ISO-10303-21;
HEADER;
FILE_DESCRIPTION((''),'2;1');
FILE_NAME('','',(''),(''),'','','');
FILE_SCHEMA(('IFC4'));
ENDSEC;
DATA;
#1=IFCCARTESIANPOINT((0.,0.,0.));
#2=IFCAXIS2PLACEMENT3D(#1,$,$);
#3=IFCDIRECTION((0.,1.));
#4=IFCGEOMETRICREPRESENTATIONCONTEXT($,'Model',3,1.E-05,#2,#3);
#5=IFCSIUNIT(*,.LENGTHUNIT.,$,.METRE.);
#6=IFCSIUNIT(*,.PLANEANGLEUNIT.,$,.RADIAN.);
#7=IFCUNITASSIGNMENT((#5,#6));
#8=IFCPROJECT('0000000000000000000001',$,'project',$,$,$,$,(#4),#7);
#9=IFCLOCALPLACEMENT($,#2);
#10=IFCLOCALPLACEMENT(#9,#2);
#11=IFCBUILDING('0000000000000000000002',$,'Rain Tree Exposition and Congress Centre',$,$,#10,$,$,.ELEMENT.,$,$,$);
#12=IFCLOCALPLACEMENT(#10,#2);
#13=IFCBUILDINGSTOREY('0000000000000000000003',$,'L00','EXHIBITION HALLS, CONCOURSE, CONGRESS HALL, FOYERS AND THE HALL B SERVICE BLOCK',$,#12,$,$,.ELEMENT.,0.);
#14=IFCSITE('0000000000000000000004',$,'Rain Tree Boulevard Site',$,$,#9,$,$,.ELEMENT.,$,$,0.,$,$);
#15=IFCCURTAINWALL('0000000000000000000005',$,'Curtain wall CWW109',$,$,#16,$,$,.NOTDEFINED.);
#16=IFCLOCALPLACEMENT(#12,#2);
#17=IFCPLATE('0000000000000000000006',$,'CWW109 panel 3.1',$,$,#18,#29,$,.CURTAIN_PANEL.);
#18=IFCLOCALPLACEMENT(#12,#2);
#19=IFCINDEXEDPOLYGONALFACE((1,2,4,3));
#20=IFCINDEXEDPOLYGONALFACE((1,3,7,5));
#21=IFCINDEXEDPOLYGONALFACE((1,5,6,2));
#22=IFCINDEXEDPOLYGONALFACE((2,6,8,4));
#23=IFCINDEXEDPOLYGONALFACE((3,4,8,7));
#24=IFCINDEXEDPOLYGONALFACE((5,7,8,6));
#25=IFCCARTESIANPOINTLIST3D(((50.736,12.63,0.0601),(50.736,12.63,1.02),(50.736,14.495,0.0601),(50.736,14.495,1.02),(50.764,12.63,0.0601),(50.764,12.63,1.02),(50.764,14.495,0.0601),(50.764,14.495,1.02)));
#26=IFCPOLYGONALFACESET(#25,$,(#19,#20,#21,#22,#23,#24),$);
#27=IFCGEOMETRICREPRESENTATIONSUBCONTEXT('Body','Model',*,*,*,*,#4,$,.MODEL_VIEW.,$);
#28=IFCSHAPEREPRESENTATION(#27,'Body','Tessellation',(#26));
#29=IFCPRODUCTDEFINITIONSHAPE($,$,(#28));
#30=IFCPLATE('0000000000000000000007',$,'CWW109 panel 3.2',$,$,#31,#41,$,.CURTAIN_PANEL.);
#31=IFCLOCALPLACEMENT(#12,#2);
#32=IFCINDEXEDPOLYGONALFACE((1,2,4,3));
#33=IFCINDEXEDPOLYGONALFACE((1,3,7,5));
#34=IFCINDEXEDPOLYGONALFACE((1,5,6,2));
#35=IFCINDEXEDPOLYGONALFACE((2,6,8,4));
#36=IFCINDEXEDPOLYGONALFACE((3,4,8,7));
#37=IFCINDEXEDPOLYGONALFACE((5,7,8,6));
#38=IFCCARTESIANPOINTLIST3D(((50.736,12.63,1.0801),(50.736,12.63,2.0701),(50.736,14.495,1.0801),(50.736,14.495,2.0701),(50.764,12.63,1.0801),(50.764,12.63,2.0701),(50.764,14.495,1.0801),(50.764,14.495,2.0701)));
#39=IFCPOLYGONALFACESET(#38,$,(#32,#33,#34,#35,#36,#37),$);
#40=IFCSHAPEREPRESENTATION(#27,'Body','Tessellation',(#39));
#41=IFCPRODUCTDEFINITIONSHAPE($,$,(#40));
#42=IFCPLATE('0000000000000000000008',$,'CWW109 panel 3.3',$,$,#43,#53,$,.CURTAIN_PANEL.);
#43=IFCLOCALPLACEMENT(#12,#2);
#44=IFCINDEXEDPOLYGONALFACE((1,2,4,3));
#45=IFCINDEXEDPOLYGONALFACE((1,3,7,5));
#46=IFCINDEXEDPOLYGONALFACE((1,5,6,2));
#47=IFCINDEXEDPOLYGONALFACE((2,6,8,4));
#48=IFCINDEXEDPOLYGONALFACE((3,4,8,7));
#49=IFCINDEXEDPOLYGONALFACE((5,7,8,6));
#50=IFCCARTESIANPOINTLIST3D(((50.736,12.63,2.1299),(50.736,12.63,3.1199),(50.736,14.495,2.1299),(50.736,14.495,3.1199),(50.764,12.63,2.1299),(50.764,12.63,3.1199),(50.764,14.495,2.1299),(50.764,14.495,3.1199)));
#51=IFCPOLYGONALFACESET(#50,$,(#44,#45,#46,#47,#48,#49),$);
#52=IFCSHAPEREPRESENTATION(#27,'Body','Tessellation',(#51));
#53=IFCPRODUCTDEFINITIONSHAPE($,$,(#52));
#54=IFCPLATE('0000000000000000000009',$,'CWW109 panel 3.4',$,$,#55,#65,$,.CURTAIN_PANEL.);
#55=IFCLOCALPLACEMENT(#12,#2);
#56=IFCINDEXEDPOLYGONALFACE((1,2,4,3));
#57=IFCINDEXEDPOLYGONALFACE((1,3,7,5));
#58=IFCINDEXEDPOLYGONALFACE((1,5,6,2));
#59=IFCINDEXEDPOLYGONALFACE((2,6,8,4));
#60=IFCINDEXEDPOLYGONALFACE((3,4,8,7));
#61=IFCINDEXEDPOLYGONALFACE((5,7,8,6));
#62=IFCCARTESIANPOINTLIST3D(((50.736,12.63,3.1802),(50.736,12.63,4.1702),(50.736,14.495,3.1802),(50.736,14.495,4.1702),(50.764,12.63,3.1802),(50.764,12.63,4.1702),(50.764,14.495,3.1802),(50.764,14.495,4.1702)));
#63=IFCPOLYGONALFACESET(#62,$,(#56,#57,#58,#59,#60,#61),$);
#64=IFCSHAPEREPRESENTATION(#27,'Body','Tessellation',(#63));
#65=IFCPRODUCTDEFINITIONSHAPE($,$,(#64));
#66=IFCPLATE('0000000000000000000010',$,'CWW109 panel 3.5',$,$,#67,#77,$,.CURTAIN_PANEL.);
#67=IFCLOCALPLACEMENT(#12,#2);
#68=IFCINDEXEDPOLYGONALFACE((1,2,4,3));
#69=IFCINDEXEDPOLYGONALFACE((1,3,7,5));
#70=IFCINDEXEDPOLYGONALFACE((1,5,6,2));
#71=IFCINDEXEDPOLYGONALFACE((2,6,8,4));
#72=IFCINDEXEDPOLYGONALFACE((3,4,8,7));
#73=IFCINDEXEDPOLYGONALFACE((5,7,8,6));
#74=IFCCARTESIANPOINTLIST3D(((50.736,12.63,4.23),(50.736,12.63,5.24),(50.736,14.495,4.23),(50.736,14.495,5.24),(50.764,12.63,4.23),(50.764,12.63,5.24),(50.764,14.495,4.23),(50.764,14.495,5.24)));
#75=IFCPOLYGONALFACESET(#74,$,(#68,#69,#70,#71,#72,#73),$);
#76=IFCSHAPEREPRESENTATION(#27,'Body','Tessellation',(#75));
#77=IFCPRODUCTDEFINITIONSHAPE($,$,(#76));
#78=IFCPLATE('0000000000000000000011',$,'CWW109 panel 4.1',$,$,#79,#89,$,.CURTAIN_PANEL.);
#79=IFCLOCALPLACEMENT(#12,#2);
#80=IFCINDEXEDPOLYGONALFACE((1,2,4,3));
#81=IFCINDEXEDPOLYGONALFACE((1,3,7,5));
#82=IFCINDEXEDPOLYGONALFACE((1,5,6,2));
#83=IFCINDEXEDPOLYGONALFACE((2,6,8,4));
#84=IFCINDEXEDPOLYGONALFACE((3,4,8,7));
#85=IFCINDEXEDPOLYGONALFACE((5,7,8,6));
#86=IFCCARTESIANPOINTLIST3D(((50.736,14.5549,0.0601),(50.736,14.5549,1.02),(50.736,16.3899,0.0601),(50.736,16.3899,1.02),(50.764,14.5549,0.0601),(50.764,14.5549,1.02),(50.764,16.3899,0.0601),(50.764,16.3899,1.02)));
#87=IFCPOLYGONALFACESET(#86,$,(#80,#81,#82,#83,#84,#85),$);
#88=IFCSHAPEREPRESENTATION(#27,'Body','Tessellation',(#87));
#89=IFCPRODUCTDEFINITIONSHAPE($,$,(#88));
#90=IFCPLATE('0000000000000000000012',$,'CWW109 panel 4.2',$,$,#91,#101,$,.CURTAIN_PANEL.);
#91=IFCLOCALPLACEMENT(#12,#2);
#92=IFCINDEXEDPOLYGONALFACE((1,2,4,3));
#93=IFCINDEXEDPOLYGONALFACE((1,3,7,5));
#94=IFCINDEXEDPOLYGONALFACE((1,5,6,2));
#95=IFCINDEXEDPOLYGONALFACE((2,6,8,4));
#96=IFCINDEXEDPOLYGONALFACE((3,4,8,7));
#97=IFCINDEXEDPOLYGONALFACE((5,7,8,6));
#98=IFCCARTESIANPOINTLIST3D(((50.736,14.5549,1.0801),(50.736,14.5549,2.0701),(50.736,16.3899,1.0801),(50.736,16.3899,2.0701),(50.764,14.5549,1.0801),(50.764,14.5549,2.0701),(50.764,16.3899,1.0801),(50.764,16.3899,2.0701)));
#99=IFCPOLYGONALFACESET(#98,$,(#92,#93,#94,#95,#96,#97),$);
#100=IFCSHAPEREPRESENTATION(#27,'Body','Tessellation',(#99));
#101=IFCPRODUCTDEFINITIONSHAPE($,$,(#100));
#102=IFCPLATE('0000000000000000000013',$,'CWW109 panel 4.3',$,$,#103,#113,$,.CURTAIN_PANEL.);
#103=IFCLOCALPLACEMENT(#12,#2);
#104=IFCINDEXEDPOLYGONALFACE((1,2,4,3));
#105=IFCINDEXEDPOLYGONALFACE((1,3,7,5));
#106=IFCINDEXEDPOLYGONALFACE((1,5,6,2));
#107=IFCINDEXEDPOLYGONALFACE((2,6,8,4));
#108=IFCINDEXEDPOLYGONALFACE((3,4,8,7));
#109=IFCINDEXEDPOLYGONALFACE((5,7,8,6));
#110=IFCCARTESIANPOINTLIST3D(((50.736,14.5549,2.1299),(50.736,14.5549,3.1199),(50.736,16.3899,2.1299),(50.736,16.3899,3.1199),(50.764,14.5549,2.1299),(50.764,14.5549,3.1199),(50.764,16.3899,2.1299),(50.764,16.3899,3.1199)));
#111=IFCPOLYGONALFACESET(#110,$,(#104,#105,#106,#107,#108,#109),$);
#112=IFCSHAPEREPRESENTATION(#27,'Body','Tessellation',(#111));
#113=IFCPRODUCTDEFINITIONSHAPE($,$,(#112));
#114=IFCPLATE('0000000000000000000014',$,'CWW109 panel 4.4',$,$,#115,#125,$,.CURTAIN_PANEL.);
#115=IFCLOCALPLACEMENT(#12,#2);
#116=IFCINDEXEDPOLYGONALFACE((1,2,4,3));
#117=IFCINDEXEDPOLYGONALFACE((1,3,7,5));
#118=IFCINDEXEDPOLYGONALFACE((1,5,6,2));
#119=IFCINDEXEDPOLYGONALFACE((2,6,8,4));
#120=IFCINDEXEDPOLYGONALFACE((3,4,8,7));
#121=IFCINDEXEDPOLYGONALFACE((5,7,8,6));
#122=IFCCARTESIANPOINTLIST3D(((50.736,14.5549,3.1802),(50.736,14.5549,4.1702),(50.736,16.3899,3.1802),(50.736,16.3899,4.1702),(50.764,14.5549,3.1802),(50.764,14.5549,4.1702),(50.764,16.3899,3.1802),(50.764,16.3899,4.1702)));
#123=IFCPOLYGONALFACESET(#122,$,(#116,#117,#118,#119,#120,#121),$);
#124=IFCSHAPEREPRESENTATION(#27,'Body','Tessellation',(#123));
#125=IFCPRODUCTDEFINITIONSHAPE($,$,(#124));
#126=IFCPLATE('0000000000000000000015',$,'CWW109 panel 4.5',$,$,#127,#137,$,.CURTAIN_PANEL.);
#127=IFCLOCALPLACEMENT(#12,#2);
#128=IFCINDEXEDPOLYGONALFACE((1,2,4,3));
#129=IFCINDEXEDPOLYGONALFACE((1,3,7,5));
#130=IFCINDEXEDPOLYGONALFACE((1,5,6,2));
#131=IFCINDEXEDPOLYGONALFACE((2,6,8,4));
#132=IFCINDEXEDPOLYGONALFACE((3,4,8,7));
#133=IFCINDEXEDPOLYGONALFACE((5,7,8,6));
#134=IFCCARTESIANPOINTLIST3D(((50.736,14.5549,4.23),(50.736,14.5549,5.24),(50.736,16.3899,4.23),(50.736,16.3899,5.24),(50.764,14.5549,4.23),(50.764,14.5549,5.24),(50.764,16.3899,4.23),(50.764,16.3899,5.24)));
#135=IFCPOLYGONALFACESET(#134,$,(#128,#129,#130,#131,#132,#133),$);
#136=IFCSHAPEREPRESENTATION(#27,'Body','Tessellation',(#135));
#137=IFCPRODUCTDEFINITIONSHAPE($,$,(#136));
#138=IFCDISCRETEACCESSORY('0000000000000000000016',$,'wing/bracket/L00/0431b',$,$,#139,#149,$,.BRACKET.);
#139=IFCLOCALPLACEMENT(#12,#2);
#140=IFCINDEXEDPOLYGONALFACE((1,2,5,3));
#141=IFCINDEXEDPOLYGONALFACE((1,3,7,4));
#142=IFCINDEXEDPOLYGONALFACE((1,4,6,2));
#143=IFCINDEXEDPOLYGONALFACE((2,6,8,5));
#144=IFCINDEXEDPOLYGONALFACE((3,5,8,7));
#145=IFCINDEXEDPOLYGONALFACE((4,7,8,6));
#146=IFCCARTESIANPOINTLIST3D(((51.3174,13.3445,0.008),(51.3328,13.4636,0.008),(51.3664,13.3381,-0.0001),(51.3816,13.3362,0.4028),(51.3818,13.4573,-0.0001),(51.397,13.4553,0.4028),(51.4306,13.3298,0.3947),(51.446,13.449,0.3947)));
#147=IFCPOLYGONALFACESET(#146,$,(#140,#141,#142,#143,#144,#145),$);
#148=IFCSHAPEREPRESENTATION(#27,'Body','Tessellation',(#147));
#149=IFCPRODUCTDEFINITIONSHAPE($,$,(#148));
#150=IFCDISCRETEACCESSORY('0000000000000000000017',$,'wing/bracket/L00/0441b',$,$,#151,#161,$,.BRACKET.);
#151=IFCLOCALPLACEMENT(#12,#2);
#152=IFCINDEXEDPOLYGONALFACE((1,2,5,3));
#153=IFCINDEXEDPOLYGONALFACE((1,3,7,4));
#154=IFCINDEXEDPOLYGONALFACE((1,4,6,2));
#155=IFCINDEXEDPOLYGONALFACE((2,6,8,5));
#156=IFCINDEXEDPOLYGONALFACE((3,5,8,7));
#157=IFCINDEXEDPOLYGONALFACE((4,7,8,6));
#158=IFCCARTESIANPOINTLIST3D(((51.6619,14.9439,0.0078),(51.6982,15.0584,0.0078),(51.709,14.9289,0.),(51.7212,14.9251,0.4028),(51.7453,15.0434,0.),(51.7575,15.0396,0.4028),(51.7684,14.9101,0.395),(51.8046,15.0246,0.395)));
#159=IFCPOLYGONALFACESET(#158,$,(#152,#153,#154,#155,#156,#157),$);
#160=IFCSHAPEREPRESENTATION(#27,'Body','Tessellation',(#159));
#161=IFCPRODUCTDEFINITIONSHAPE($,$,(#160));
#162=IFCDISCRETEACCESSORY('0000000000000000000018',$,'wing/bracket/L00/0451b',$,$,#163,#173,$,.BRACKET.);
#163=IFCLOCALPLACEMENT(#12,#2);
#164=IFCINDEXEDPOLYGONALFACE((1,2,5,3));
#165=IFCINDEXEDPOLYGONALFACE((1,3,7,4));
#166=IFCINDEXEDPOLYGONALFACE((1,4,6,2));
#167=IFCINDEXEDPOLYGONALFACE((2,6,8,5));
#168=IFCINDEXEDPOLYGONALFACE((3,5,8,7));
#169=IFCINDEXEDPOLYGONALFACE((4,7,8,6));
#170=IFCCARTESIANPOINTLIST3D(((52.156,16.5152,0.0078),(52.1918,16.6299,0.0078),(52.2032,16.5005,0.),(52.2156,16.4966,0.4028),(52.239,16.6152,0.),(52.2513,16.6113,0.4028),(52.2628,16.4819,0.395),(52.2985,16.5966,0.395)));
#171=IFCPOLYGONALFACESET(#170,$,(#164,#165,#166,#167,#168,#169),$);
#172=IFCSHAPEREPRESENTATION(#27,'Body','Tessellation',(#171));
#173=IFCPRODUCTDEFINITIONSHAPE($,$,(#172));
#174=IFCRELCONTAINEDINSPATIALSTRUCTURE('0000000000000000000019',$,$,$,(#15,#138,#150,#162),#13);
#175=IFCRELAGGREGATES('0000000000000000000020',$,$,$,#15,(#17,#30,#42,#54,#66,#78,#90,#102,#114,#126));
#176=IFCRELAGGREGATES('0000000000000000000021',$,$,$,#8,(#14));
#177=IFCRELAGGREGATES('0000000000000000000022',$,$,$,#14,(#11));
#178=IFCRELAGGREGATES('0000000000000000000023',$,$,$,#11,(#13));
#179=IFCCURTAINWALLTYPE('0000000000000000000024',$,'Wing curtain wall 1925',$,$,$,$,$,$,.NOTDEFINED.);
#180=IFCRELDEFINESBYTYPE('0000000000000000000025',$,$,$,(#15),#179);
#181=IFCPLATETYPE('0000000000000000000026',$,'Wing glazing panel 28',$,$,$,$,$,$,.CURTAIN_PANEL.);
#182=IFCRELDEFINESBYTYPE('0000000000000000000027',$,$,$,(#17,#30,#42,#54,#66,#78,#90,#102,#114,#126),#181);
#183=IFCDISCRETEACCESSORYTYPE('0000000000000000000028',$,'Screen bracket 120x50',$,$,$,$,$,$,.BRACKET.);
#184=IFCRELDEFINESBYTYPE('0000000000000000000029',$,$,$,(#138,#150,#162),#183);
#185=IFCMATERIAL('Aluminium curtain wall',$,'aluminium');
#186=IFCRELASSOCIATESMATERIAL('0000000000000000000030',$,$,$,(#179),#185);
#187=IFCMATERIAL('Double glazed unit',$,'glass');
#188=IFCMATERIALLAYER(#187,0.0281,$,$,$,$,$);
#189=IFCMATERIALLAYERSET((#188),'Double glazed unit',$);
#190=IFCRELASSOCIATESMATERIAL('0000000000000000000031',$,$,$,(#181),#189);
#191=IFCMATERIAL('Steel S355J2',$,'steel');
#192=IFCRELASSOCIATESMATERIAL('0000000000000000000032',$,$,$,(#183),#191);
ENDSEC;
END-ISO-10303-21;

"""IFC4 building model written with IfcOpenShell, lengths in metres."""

from ifc_helpers import new_model, si_unit, direction, frame, origin, origin_2d, place, context, subcontext, project, spatial, rectangle, extrude, material, layer, layer_set, material_profile, profile_set, type_object, element, aggregate, save


model = new_model("IFC4")

# Units and contexts
model_context = context("Model", 3, precision=1e-05, world=origin(), true_north=direction((0.0, 1.0)))
body_context = subcontext(model_context, "Body", "Model", "MODEL_VIEW")
ifc_project = project(units=[si_unit("LENGTHUNIT", "METRE"), si_unit("PLANEANGLEUNIT", "RADIAN")], contexts=[model_context])

# Site, building, storey
site_placement = place(None, origin())
site = spatial("IfcSite", under=ifc_project, at=site_placement, Name="Rain Tree Boulevard Site", CompositionType="ELEMENT", RefElevation=0.0)
building_placement = place(site_placement, origin())
building = spatial("IfcBuilding", under=site, at=building_placement, Name="Rain Tree Exposition and Congress Centre", CompositionType="ELEMENT")
storey_placement = place(building_placement, origin())
storey = spatial("IfcBuildingStorey", under=building, at=storey_placement, Name="L00", Description="EXHIBITION HALLS, CONCOURSE, CONGRESS HALL, FOYERS AND THE HALL B SERVICE BLOCK", CompositionType="ELEMENT", Elevation=0.0)

# Curtain wall, plates
ifc_material_1 = material(Name="Aluminium curtain wall", Category="aluminium")
curtain_wall_type = type_object("IfcCurtainWallType", Name="Wing curtain wall 1925", PredefinedType="NOTDEFINED", material=ifc_material_1)
curtain_wall_placement = place(storey_placement, origin())
curtain_wall = element("IfcCurtainWall", 1, at=curtain_wall_placement, inside=storey, type_object=curtain_wall_type, Name="Curtain wall CWW109", PredefinedType="NOTDEFINED")
ifc_material_2 = material(Name="Double glazed unit", Category="glass")
ifc_layer_1 = layer(ifc_material_2, 0.0281)
ifc_layer_set_1 = layer_set([ifc_layer_1], Name="Double glazed unit")
plate_type = type_object("IfcPlateType", Name="Wing glazing panel 28", PredefinedType="CURTAIN_PANEL", material=ifc_layer_set_1)
plate_1_placement = place(storey_placement, frame((50.75, 13.5625, 0.0601), z_axis=(0.0, 0.0, 1.0), x_axis=(0.0, 1.0, 0.0)))
plate_1 = element("IfcPlate", 2, at=plate_1_placement, type_object=plate_type, Name="CWW109 panel 3.1", PredefinedType="CURTAIN_PANEL", context=body_context, shape_type="SweptSolid", body=[
    extrude(rectangle(XDim=1.865, YDim=0.0281, at=origin_2d()), origin(), (0.0, 0.0, 1.0), 0.96),
])
plate_2_placement = place(storey_placement, frame((50.75, 13.5625, 1.0801), z_axis=(0.0, 0.0, 1.0), x_axis=(0.0, 1.0, 0.0)))
plate_2 = element("IfcPlate", 3, at=plate_2_placement, type_object=plate_type, Name="CWW109 panel 3.2", PredefinedType="CURTAIN_PANEL", context=body_context, shape_type="SweptSolid", body=[
    extrude(rectangle(XDim=1.865, YDim=0.0281, at=origin_2d()), origin(), (0.0, 0.0, 1.0), 0.99),
])
plate_3_placement = place(storey_placement, frame((50.75, 13.5625, 2.1299), z_axis=(0.0, 0.0, 1.0), x_axis=(0.0, 1.0, 0.0)))
plate_3 = element("IfcPlate", 4, at=plate_3_placement, type_object=plate_type, Name="CWW109 panel 3.3", PredefinedType="CURTAIN_PANEL", context=body_context, shape_type="SweptSolid", body=[
    extrude(rectangle(XDim=1.865, YDim=0.0281, at=origin_2d()), origin(), (0.0, 0.0, 1.0), 0.99),
])
plate_4_placement = place(storey_placement, frame((50.75, 13.5625, 3.1802), z_axis=(0.0, 0.0, 1.0), x_axis=(0.0, 1.0, 0.0)))
plate_4 = element("IfcPlate", 5, at=plate_4_placement, type_object=plate_type, Name="CWW109 panel 3.4", PredefinedType="CURTAIN_PANEL", context=body_context, shape_type="SweptSolid", body=[
    extrude(rectangle(XDim=1.865, YDim=0.0281, at=origin_2d()), origin(), (0.0, 0.0, 1.0), 0.99),
])
plate_5_placement = place(storey_placement, frame((50.75, 13.5625, 4.23), z_axis=(0.0, 0.0, 1.0), x_axis=(0.0, 1.0, 0.0)))
plate_5 = element("IfcPlate", 6, at=plate_5_placement, type_object=plate_type, Name="CWW109 panel 3.5", PredefinedType="CURTAIN_PANEL", context=body_context, shape_type="SweptSolid", body=[
    extrude(rectangle(XDim=1.865, YDim=0.0281, at=origin_2d()), origin(), (0.0, 0.0, 1.0), 1.01),
])
plate_6_placement = place(storey_placement, frame((50.75, 15.4724, 0.0601), z_axis=(0.0, 0.0, 1.0), x_axis=(0.0, 1.0, 0.0)))
plate_6 = element("IfcPlate", 7, at=plate_6_placement, type_object=plate_type, Name="CWW109 panel 4.1", PredefinedType="CURTAIN_PANEL", context=body_context, shape_type="SweptSolid", body=[
    extrude(rectangle(XDim=1.835, YDim=0.0281, at=origin_2d()), origin(), (0.0, 0.0, 1.0), 0.96),
])
plate_7_placement = place(storey_placement, frame((50.75, 15.4724, 1.0801), z_axis=(0.0, 0.0, 1.0), x_axis=(0.0, 1.0, 0.0)))
plate_7 = element("IfcPlate", 8, at=plate_7_placement, type_object=plate_type, Name="CWW109 panel 4.2", PredefinedType="CURTAIN_PANEL", context=body_context, shape_type="SweptSolid", body=[
    extrude(rectangle(XDim=1.835, YDim=0.0281, at=origin_2d()), origin(), (0.0, 0.0, 1.0), 0.99),
])
plate_8_placement = place(storey_placement, frame((50.75, 15.4724, 2.1299), z_axis=(0.0, 0.0, 1.0), x_axis=(0.0, 1.0, 0.0)))
plate_8 = element("IfcPlate", 9, at=plate_8_placement, type_object=plate_type, Name="CWW109 panel 4.3", PredefinedType="CURTAIN_PANEL", context=body_context, shape_type="SweptSolid", body=[
    extrude(rectangle(XDim=1.835, YDim=0.0281, at=origin_2d()), origin(), (0.0, 0.0, 1.0), 0.99),
])
plate_9_placement = place(storey_placement, frame((50.75, 15.4724, 3.1802), z_axis=(0.0, 0.0, 1.0), x_axis=(0.0, 1.0, 0.0)))
plate_9 = element("IfcPlate", 10, at=plate_9_placement, type_object=plate_type, Name="CWW109 panel 4.4", PredefinedType="CURTAIN_PANEL", context=body_context, shape_type="SweptSolid", body=[
    extrude(rectangle(XDim=1.835, YDim=0.0281, at=origin_2d()), origin(), (0.0, 0.0, 1.0), 0.99),
])
plate_10_placement = place(storey_placement, frame((50.75, 15.4724, 4.23), z_axis=(0.0, 0.0, 1.0), x_axis=(0.0, 1.0, 0.0)))
plate_10 = element("IfcPlate", 11, at=plate_10_placement, type_object=plate_type, Name="CWW109 panel 4.5", PredefinedType="CURTAIN_PANEL", context=body_context, shape_type="SweptSolid", body=[
    extrude(rectangle(XDim=1.835, YDim=0.0281, at=origin_2d()), origin(), (0.0, 0.0, 1.0), 1.01),
])
aggregate(curtain_wall, [plate_1, plate_2, plate_3, plate_4, plate_5, plate_6, plate_7, plate_8, plate_9, plate_10])

# Discrete accessories
ifc_material_3 = material(Name="Steel S355J2", Category="steel")
ifc_material_profile_1 = material_profile(ifc_material_3, rectangle(XDim=0.1201, YDim=0.05, at=origin_2d()), Name="Flat bar 120x50")
ifc_profile_set_1 = profile_set([ifc_material_profile_1], Name="Steel S355J2")
discrete_accessory_type = type_object("IfcDiscreteAccessoryType", Name="Screen bracket 120x50", PredefinedType="BRACKET", material=ifc_profile_set_1)
discrete_accessory_placement = place(storey_placement, frame((51.3496, 13.4009, 0.0039), z_axis=(0.160503, -0.020749, 0.986817), x_axis=(0.128211, 0.991747, 0.0)))
element("IfcDiscreteAccessory", 12, at=discrete_accessory_placement, inside=storey, type_object=discrete_accessory_type, Name="wing/bracket/L00/0431b", PredefinedType="BRACKET", context=body_context, shape_type="SweptSolid", body=[
    extrude(rectangle(XDim=0.1201, YDim=0.05, at=origin_2d()), origin(), (0.0, 0.0, 1.0), 0.4001),
])
for number, where, z_axis, x_axis, name in (
    (13, (51.7036, 14.9937, 0.0039), (0.148356, -0.04701, 0.987816), (0.30207, 0.953286, 0.0), "wing/bracket/L00/0441b"),
    (14, (52.1975, 16.5652, 0.0039), (0.148957, -0.046396, 0.987755), (0.297384, 0.954758, 0.0), "wing/bracket/L00/0451b"),
):
    element("IfcDiscreteAccessory", number, at=place(storey_placement, frame(where, z_axis=z_axis, x_axis=x_axis)), inside=storey, type_object=discrete_accessory_type, Name=name, PredefinedType="BRACKET", context=body_context, shape_type="SweptSolid", body=[
        extrude(rectangle(XDim=0.1201, YDim=0.05, at=origin_2d()), origin(), (0.0, 0.0, 1.0), 0.3999),
    ])

save(model, "model.ifc")
